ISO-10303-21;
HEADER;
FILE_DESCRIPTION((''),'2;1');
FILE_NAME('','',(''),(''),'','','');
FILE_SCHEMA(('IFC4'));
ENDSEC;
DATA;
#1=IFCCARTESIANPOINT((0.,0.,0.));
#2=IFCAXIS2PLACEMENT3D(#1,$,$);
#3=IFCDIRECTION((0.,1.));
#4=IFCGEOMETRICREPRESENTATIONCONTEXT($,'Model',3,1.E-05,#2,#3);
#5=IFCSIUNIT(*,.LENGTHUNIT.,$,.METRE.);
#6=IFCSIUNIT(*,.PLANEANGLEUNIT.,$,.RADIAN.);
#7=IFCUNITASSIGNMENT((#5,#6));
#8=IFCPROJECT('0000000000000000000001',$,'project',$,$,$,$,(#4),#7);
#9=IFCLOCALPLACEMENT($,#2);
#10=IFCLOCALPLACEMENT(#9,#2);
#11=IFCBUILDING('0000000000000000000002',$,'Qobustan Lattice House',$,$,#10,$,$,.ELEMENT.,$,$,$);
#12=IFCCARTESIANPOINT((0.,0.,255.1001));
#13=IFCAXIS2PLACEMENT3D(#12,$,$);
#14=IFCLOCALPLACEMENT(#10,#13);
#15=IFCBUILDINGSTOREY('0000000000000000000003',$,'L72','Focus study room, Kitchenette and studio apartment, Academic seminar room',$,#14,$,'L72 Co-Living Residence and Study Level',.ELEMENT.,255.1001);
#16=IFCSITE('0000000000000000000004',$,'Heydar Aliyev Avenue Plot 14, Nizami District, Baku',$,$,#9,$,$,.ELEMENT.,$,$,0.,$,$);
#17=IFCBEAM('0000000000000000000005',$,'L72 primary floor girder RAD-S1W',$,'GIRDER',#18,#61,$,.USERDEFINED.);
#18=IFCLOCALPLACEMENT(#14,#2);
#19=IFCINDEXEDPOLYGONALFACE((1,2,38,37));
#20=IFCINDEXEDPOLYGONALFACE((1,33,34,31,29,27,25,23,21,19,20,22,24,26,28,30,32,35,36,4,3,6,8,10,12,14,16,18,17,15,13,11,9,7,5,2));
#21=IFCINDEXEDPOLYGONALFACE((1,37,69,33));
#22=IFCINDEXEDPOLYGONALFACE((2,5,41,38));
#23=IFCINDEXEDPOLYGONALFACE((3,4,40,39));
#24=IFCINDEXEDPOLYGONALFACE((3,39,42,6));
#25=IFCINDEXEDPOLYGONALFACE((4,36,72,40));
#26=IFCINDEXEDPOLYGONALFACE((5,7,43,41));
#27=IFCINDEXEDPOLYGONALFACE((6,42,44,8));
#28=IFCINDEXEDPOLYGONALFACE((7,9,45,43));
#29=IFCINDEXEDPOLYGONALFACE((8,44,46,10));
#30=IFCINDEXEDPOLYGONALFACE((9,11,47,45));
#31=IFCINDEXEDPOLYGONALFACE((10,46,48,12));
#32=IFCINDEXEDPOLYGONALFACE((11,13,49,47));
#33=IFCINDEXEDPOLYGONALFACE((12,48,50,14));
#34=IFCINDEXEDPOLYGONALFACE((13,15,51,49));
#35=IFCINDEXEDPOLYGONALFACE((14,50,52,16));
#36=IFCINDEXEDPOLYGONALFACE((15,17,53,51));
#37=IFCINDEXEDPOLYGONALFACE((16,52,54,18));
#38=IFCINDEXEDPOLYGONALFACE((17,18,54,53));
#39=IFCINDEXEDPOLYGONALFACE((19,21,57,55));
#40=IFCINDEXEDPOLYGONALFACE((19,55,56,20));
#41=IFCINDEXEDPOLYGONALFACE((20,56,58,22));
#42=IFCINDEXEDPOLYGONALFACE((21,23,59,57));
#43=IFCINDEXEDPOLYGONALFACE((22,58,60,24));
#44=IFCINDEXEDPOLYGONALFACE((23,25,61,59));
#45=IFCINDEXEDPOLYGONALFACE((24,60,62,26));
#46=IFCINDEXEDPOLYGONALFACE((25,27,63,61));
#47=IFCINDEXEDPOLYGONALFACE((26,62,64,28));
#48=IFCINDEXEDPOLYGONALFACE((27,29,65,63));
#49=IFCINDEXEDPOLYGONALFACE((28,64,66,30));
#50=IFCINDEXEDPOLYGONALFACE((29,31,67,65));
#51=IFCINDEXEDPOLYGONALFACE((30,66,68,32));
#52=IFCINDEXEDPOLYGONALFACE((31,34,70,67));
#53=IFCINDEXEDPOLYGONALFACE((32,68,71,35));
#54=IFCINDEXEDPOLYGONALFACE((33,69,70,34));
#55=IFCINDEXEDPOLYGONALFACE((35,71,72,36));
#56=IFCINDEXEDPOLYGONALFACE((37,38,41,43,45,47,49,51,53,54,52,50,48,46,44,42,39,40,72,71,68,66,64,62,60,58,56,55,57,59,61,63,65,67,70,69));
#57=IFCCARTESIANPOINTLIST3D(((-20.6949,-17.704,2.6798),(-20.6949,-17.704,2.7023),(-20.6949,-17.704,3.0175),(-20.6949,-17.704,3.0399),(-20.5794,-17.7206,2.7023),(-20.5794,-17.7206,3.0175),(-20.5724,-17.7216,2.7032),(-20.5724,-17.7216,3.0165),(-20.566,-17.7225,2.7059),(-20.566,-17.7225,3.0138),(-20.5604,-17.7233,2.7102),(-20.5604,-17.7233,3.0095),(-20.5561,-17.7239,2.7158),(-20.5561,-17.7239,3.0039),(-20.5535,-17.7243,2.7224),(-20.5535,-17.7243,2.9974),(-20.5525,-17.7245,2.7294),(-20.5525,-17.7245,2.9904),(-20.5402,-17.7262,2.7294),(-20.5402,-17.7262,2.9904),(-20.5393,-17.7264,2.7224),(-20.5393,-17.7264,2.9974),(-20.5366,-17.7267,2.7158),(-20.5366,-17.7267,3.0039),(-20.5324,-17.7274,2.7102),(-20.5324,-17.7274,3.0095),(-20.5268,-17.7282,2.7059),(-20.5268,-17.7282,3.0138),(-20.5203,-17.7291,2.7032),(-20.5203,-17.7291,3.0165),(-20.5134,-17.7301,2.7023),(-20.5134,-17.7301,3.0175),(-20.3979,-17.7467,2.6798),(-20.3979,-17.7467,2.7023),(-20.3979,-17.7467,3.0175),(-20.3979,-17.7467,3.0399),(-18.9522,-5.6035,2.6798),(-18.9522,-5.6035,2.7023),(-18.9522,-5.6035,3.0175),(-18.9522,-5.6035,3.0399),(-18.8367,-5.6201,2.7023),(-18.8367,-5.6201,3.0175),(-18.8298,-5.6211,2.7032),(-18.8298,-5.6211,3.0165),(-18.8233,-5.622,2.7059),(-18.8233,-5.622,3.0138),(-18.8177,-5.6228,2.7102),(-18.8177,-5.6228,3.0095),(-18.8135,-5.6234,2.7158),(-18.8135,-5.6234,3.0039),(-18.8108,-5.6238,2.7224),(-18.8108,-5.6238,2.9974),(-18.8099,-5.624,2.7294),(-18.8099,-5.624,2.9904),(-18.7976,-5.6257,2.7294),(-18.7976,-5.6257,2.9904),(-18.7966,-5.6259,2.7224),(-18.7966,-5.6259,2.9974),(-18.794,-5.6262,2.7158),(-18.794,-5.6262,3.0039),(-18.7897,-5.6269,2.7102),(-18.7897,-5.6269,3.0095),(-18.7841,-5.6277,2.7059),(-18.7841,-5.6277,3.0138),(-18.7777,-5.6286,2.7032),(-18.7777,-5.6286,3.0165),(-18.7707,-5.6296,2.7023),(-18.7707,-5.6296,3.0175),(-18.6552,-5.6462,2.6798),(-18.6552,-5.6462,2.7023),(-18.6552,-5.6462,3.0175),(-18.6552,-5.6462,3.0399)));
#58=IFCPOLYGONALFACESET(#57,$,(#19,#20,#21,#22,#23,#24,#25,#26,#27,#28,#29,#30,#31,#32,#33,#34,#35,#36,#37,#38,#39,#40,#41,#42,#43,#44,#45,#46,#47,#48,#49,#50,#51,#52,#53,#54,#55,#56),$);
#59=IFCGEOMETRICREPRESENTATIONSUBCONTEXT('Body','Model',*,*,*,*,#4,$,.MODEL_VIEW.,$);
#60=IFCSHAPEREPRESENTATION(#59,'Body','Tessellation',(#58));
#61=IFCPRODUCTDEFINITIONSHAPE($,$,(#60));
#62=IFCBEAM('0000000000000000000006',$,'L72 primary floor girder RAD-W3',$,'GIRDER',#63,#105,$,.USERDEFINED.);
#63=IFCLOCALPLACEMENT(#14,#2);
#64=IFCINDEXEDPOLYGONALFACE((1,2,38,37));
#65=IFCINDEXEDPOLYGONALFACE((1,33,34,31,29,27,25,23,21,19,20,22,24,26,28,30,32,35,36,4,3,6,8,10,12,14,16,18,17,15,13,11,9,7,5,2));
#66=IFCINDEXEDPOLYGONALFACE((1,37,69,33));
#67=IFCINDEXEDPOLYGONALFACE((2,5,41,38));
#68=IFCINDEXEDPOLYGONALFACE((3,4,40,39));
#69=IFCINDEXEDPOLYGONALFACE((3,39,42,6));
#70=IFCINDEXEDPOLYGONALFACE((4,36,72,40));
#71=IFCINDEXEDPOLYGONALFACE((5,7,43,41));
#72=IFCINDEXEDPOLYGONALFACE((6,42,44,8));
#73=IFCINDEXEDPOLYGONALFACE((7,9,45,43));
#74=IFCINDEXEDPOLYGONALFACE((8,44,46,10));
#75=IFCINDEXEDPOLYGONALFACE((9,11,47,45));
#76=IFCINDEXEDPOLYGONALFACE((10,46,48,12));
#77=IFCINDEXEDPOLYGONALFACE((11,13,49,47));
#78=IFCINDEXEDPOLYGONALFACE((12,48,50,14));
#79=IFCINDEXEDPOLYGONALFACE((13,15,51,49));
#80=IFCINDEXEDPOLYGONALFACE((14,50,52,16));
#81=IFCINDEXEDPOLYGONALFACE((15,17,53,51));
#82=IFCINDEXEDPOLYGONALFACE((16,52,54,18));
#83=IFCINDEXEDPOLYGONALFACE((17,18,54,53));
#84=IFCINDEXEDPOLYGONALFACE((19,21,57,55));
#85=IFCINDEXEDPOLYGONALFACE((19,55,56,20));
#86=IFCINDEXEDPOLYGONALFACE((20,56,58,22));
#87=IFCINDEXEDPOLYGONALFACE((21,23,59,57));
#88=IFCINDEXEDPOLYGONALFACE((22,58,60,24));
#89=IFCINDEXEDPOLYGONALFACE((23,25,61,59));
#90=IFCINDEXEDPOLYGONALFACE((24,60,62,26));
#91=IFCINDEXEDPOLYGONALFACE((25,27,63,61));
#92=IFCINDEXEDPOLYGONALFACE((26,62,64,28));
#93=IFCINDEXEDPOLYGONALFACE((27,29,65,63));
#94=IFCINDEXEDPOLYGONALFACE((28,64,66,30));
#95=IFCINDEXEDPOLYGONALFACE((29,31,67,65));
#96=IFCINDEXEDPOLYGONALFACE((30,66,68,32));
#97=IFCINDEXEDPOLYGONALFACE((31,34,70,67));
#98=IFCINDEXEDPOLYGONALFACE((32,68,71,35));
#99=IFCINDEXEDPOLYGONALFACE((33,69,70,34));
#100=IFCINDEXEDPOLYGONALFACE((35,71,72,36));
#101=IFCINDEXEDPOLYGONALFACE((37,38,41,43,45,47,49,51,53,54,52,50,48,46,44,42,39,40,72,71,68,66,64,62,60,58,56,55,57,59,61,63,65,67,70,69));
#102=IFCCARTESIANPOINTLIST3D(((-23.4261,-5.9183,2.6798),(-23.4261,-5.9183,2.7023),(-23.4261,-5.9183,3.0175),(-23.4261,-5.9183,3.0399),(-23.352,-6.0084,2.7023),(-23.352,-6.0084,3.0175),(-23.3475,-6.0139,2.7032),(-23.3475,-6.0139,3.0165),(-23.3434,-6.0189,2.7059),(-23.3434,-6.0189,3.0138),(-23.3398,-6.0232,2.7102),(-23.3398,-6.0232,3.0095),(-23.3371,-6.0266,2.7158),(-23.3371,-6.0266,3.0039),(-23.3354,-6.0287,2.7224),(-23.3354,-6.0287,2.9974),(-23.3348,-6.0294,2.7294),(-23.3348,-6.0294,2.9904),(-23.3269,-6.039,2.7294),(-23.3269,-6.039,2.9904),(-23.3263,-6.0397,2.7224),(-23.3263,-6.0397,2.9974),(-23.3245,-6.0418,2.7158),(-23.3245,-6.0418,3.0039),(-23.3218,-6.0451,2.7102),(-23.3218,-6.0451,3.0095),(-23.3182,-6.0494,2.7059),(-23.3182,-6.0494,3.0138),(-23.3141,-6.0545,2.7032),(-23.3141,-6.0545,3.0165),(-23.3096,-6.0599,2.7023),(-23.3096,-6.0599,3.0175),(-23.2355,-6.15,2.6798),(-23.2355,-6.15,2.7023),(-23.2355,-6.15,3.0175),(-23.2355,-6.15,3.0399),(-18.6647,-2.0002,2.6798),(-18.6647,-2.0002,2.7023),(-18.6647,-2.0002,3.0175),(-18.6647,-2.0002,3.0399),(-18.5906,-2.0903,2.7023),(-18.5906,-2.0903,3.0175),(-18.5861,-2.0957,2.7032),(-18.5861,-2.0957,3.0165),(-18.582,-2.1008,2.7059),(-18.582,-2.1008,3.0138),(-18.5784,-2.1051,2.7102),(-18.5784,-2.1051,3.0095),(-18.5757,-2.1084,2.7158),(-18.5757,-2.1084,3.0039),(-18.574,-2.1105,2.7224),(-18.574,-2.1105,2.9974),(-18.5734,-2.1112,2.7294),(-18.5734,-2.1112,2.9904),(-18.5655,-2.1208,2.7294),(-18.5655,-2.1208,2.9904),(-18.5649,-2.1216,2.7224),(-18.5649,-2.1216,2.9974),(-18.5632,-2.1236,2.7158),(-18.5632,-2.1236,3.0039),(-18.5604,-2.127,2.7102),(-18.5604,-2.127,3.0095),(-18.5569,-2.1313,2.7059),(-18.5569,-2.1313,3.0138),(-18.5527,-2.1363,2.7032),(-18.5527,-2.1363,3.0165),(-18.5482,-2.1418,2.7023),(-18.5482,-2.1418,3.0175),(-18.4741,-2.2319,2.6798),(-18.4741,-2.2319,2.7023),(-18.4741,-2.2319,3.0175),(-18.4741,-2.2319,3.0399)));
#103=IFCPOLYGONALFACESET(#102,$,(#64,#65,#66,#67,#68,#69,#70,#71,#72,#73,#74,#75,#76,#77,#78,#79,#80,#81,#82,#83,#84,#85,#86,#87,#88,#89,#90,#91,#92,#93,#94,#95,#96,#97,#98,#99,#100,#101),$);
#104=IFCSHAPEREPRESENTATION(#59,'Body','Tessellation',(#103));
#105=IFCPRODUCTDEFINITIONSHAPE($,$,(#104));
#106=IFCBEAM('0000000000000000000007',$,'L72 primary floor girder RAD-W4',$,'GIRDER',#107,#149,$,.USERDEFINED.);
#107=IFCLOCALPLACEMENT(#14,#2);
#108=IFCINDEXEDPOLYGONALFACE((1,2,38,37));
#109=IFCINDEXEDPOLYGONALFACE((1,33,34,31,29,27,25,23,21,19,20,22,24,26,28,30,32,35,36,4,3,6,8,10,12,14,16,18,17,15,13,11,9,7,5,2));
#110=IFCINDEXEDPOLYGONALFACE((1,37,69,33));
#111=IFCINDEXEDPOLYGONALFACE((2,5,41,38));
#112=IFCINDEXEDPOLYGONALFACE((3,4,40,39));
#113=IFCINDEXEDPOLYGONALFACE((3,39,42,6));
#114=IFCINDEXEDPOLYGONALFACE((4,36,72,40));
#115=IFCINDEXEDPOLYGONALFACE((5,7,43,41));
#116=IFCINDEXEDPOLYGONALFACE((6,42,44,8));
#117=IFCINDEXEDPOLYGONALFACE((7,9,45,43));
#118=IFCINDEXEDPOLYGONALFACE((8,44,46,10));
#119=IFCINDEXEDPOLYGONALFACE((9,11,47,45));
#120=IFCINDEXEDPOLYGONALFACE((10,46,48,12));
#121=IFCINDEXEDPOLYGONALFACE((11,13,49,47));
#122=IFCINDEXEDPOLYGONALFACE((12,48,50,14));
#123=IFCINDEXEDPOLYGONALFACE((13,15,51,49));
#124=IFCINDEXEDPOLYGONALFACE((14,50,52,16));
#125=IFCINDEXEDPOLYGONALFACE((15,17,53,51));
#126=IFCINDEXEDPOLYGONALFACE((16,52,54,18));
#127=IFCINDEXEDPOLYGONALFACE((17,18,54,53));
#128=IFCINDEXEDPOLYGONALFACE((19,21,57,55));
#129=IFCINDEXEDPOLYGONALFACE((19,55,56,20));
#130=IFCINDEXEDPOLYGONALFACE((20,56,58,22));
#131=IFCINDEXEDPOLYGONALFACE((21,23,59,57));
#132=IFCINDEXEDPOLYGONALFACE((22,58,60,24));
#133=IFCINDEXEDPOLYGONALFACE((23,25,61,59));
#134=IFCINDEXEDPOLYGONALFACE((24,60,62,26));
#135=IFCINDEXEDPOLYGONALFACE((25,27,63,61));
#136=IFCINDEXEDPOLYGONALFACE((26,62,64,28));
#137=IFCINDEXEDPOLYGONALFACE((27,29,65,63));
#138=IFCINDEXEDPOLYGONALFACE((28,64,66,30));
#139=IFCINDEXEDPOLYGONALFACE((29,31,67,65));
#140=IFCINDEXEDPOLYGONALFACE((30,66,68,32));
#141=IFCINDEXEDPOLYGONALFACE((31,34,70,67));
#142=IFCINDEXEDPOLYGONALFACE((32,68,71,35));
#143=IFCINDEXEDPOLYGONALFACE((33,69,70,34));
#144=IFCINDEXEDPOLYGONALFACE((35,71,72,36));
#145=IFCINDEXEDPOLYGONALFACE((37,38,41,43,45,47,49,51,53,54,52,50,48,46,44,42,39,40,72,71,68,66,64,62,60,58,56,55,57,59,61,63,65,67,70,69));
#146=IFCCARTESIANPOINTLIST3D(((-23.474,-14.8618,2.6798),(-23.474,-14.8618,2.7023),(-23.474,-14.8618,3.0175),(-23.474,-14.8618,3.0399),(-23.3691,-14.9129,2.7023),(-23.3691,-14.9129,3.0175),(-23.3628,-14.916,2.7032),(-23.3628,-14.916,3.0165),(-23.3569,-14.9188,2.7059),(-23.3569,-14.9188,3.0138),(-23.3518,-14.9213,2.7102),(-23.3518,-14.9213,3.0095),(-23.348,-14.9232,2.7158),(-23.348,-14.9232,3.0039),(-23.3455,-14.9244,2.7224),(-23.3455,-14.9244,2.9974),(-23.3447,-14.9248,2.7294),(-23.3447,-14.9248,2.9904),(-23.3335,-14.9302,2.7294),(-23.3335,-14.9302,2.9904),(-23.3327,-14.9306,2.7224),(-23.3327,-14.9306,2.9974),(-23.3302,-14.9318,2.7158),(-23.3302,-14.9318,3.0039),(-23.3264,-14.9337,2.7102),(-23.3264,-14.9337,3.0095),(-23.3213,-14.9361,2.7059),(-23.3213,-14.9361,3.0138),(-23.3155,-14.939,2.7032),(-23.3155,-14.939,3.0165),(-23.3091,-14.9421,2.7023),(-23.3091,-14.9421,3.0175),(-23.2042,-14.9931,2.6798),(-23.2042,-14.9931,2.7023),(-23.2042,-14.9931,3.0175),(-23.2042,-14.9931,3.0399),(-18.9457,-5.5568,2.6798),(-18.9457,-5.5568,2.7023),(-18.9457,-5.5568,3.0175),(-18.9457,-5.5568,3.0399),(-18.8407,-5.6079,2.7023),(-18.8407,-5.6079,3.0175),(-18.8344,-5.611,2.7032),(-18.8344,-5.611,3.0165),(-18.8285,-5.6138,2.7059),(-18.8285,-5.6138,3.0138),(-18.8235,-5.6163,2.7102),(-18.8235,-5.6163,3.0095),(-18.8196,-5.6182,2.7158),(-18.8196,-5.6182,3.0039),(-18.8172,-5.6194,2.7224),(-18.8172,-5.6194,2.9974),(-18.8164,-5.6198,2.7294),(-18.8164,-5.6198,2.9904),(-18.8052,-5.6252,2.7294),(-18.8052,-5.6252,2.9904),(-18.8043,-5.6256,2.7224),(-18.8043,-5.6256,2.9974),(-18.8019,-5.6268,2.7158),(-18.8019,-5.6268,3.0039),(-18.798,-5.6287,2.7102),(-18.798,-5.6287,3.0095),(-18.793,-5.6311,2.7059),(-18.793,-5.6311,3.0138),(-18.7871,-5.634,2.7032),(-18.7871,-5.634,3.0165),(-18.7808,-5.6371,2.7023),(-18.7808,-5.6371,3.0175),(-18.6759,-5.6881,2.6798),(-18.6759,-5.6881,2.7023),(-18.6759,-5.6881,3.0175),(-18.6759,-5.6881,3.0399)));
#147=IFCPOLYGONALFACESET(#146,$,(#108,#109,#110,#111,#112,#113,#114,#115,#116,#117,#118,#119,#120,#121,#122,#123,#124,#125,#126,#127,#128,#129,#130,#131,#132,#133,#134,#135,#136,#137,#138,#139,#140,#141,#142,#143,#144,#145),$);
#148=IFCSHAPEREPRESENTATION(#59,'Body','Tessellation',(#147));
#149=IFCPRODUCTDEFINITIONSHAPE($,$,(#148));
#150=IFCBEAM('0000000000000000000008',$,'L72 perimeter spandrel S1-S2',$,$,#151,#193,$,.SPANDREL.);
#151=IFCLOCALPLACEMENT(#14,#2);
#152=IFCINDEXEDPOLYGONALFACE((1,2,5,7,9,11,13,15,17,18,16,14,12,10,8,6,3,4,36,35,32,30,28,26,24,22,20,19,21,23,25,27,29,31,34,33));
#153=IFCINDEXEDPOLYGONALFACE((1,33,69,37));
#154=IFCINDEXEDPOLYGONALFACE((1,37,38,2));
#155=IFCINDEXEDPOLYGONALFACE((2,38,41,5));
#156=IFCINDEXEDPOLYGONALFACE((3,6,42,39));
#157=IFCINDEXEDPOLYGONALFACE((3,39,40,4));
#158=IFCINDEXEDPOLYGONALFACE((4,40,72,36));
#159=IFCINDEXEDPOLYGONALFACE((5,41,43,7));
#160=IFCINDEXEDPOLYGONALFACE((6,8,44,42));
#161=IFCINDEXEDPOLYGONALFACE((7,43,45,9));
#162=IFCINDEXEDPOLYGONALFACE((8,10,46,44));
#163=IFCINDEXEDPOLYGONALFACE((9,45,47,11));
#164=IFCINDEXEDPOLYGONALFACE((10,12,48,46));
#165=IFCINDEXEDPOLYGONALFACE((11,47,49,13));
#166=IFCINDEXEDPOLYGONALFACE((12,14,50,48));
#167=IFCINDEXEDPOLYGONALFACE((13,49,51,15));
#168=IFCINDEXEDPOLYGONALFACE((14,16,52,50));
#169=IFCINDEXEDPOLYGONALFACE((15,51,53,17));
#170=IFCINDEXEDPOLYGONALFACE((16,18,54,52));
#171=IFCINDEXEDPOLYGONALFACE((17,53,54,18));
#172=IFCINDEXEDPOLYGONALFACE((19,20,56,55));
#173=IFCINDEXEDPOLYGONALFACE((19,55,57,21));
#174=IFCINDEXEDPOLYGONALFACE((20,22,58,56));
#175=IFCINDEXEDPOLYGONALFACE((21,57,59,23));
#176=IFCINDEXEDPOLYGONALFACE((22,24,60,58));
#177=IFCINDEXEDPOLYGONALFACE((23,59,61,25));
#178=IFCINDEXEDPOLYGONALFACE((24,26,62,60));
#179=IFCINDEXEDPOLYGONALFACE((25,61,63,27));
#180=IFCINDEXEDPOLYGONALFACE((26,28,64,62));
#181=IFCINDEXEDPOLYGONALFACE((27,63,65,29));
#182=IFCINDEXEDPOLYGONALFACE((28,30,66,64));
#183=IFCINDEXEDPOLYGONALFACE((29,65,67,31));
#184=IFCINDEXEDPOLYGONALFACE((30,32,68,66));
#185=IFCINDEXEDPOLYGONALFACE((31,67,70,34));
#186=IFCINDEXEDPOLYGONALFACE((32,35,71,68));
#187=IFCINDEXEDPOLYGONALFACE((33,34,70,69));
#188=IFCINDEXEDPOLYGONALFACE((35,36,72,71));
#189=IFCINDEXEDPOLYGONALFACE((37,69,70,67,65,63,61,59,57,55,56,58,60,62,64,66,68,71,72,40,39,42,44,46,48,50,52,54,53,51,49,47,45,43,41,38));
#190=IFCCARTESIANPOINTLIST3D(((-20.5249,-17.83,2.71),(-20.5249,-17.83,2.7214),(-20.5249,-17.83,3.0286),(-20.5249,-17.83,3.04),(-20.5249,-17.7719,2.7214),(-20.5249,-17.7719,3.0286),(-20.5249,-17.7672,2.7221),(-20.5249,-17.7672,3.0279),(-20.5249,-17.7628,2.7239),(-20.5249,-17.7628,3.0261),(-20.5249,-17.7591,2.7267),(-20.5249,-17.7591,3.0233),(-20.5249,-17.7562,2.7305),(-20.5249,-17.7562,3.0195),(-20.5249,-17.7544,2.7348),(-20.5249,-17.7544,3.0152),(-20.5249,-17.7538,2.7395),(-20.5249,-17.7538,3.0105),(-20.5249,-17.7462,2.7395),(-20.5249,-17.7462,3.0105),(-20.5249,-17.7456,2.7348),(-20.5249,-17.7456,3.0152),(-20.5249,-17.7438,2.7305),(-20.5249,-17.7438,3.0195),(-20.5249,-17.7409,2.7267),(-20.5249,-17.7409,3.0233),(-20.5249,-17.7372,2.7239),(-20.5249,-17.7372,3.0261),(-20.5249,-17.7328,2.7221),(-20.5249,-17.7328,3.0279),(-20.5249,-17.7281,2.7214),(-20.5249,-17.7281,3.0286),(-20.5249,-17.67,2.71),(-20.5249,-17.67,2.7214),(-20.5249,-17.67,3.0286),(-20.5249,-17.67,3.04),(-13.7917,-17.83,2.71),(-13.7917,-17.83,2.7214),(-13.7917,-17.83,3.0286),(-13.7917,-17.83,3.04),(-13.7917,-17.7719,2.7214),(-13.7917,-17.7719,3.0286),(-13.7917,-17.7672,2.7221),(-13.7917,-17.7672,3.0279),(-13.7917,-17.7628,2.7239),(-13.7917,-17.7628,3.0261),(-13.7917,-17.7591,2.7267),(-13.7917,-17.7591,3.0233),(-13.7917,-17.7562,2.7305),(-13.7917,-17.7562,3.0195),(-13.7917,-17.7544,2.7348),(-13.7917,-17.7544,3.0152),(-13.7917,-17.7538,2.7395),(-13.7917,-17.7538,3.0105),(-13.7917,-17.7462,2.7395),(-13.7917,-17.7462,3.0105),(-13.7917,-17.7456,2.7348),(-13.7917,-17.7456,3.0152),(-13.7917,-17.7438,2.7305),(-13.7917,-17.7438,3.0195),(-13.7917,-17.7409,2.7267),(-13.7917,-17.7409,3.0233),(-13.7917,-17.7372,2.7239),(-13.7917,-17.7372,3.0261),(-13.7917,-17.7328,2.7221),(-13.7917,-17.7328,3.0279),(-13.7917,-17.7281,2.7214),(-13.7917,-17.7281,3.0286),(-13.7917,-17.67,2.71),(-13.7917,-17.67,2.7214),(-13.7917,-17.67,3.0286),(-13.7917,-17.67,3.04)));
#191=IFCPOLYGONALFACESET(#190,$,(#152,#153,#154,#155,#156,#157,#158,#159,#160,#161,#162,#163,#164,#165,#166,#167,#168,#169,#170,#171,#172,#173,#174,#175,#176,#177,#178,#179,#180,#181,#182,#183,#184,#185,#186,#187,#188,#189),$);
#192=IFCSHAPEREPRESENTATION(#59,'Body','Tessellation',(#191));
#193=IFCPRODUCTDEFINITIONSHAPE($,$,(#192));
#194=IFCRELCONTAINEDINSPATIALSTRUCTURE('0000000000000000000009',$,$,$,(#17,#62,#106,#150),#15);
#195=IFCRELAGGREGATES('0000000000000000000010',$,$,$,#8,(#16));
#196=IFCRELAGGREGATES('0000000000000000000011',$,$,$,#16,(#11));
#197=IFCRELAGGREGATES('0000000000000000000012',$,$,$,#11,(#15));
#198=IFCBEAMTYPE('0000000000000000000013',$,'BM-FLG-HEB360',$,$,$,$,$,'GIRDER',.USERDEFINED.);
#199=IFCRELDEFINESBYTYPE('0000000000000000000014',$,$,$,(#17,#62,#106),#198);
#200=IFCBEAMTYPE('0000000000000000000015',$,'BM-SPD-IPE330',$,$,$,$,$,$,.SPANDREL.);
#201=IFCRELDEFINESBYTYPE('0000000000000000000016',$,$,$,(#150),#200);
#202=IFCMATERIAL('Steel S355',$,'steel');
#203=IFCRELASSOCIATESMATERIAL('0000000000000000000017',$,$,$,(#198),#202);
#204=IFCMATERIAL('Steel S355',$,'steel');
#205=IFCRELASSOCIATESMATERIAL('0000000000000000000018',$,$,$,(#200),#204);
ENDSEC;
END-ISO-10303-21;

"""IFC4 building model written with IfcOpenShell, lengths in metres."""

from ifc_helpers import new_model, si_unit, direction, frame, origin, origin_2d, place, context, subcontext, project, spatial, i_section, extrude, material, material_profile, profile_set, type_object, element, save


model = new_model("IFC4")

# Units and contexts
model_context = context("Model", 3, precision=1e-05, world=origin(), true_north=direction((0.0, 1.0)))
body_context = subcontext(model_context, "Body", "Model", "MODEL_VIEW")
ifc_project = project(units=[si_unit("LENGTHUNIT", "METRE"), si_unit("PLANEANGLEUNIT", "RADIAN")], contexts=[model_context])

# Site, building, storey
site_placement = place(None, origin())
site = spatial("IfcSite", under=ifc_project, at=site_placement, Name="Heydar Aliyev Avenue Plot 14, Nizami District, Baku", CompositionType="ELEMENT", RefElevation=0.0)
building_placement = place(site_placement, origin())
building = spatial("IfcBuilding", under=site, at=building_placement, Name="Qobustan Lattice House", CompositionType="ELEMENT")
storey_placement = place(building_placement, frame((0.0, 0.0, 255.1001)))
storey = spatial("IfcBuildingStorey", under=building, at=storey_placement, Name="L72", Description="Focus study room, Kitchenette and studio apartment, Academic seminar room", LongName="L72 Co-Living Residence and Study Level", CompositionType="ELEMENT", Elevation=255.1001)

# Beams
ifc_material_1 = material(Name="Steel S355", Category="steel")
ifc_material_profile_1 = material_profile(ifc_material_1, i_section(OverallWidth=0.3, OverallDepth=0.3601, WebThickness=0.0125, FlangeThickness=0.0225, FilletRadius=0.0271, at=origin_2d()), Name="HEB360")
ifc_profile_set_1 = profile_set([ifc_material_profile_1], Name="Steel S355")
beam_type_1 = type_object("IfcBeamType", Name="BM-FLG-HEB360", ElementType="GIRDER", PredefinedType="USERDEFINED", material=ifc_profile_set_1)
beam_1_placement = place(storey_placement, frame((-20.5464, -17.7253, 2.8599), z_axis=(0.142545, 0.989788, 0.0), x_axis=(-0.989788, 0.142545, 0.0)))
element("IfcBeam", 1, at=beam_1_placement, inside=storey, type_object=beam_type_1, Name="L72 primary floor girder RAD-S1W", ObjectType="GIRDER", PredefinedType="USERDEFINED", context=body_context, shape_type="SweptSolid", body=[
    extrude(i_section(OverallWidth=0.3, OverallDepth=0.3601, WebThickness=0.0125, FlangeThickness=0.0225, FilletRadius=0.0271, at=origin_2d()), origin(), (0.0, 0.0, 1.0), 12.2253),
])
beam_2_placement = place(storey_placement, frame((-23.3308, -6.0342, 2.8599), z_axis=(0.772169, 0.635417, 0.0), x_axis=(-0.635417, 0.772169, 0.0)))
element("IfcBeam", 2, at=beam_2_placement, inside=storey, type_object=beam_type_1, Name="L72 primary floor girder RAD-W3", ObjectType="GIRDER", PredefinedType="USERDEFINED", context=body_context, shape_type="SweptSolid", body=[
    extrude(i_section(OverallWidth=0.3, OverallDepth=0.3601, WebThickness=0.0125, FlangeThickness=0.0225, FilletRadius=0.0271, at=origin_2d()), origin(), (0.0, 0.0, 1.0), 6.1663),
])
beam_3_placement = place(storey_placement, frame((-23.3391, -14.9275, 2.8599), z_axis=(0.43759, 0.899174, 0.0), x_axis=(-0.899174, 0.43759, 0.0)))
element("IfcBeam", 3, at=beam_3_placement, inside=storey, type_object=beam_type_1, Name="L72 primary floor girder RAD-W4", ObjectType="GIRDER", PredefinedType="USERDEFINED", context=body_context, shape_type="SweptSolid", body=[
    extrude(i_section(OverallWidth=0.3, OverallDepth=0.3601, WebThickness=0.0125, FlangeThickness=0.0225, FilletRadius=0.0271, at=origin_2d()), origin(), (0.0, 0.0, 1.0), 10.3484),
])
ifc_material_2 = material(Name="Steel S355", Category="steel")
ifc_material_profile_2 = material_profile(ifc_material_2, i_section(OverallWidth=0.1599, OverallDepth=0.3301, WebThickness=0.0076, FlangeThickness=0.0115, FilletRadius=0.0181, at=origin_2d()), Name="IPE330")
ifc_profile_set_2 = profile_set([ifc_material_profile_2], Name="Steel S355")
beam_type_2 = type_object("IfcBeamType", Name="BM-SPD-IPE330", PredefinedType="SPANDREL", material=ifc_profile_set_2)
beam_4_placement = place(storey_placement, frame((-20.5249, -17.75, 2.875), z_axis=(1.0, 0.0, 0.0), x_axis=(0.0, 1.0, 0.0)))
element("IfcBeam", 4, at=beam_4_placement, inside=storey, type_object=beam_type_2, Name="L72 perimeter spandrel S1-S2", PredefinedType="SPANDREL", context=body_context, shape_type="SweptSolid", body=[
    extrude(i_section(OverallWidth=0.1599, OverallDepth=0.3301, WebThickness=0.0076, FlangeThickness=0.0115, FilletRadius=0.0181, at=origin_2d()), origin(), (0.0, 0.0, 1.0), 6.7332),
])

save(model, "model.ifc")
